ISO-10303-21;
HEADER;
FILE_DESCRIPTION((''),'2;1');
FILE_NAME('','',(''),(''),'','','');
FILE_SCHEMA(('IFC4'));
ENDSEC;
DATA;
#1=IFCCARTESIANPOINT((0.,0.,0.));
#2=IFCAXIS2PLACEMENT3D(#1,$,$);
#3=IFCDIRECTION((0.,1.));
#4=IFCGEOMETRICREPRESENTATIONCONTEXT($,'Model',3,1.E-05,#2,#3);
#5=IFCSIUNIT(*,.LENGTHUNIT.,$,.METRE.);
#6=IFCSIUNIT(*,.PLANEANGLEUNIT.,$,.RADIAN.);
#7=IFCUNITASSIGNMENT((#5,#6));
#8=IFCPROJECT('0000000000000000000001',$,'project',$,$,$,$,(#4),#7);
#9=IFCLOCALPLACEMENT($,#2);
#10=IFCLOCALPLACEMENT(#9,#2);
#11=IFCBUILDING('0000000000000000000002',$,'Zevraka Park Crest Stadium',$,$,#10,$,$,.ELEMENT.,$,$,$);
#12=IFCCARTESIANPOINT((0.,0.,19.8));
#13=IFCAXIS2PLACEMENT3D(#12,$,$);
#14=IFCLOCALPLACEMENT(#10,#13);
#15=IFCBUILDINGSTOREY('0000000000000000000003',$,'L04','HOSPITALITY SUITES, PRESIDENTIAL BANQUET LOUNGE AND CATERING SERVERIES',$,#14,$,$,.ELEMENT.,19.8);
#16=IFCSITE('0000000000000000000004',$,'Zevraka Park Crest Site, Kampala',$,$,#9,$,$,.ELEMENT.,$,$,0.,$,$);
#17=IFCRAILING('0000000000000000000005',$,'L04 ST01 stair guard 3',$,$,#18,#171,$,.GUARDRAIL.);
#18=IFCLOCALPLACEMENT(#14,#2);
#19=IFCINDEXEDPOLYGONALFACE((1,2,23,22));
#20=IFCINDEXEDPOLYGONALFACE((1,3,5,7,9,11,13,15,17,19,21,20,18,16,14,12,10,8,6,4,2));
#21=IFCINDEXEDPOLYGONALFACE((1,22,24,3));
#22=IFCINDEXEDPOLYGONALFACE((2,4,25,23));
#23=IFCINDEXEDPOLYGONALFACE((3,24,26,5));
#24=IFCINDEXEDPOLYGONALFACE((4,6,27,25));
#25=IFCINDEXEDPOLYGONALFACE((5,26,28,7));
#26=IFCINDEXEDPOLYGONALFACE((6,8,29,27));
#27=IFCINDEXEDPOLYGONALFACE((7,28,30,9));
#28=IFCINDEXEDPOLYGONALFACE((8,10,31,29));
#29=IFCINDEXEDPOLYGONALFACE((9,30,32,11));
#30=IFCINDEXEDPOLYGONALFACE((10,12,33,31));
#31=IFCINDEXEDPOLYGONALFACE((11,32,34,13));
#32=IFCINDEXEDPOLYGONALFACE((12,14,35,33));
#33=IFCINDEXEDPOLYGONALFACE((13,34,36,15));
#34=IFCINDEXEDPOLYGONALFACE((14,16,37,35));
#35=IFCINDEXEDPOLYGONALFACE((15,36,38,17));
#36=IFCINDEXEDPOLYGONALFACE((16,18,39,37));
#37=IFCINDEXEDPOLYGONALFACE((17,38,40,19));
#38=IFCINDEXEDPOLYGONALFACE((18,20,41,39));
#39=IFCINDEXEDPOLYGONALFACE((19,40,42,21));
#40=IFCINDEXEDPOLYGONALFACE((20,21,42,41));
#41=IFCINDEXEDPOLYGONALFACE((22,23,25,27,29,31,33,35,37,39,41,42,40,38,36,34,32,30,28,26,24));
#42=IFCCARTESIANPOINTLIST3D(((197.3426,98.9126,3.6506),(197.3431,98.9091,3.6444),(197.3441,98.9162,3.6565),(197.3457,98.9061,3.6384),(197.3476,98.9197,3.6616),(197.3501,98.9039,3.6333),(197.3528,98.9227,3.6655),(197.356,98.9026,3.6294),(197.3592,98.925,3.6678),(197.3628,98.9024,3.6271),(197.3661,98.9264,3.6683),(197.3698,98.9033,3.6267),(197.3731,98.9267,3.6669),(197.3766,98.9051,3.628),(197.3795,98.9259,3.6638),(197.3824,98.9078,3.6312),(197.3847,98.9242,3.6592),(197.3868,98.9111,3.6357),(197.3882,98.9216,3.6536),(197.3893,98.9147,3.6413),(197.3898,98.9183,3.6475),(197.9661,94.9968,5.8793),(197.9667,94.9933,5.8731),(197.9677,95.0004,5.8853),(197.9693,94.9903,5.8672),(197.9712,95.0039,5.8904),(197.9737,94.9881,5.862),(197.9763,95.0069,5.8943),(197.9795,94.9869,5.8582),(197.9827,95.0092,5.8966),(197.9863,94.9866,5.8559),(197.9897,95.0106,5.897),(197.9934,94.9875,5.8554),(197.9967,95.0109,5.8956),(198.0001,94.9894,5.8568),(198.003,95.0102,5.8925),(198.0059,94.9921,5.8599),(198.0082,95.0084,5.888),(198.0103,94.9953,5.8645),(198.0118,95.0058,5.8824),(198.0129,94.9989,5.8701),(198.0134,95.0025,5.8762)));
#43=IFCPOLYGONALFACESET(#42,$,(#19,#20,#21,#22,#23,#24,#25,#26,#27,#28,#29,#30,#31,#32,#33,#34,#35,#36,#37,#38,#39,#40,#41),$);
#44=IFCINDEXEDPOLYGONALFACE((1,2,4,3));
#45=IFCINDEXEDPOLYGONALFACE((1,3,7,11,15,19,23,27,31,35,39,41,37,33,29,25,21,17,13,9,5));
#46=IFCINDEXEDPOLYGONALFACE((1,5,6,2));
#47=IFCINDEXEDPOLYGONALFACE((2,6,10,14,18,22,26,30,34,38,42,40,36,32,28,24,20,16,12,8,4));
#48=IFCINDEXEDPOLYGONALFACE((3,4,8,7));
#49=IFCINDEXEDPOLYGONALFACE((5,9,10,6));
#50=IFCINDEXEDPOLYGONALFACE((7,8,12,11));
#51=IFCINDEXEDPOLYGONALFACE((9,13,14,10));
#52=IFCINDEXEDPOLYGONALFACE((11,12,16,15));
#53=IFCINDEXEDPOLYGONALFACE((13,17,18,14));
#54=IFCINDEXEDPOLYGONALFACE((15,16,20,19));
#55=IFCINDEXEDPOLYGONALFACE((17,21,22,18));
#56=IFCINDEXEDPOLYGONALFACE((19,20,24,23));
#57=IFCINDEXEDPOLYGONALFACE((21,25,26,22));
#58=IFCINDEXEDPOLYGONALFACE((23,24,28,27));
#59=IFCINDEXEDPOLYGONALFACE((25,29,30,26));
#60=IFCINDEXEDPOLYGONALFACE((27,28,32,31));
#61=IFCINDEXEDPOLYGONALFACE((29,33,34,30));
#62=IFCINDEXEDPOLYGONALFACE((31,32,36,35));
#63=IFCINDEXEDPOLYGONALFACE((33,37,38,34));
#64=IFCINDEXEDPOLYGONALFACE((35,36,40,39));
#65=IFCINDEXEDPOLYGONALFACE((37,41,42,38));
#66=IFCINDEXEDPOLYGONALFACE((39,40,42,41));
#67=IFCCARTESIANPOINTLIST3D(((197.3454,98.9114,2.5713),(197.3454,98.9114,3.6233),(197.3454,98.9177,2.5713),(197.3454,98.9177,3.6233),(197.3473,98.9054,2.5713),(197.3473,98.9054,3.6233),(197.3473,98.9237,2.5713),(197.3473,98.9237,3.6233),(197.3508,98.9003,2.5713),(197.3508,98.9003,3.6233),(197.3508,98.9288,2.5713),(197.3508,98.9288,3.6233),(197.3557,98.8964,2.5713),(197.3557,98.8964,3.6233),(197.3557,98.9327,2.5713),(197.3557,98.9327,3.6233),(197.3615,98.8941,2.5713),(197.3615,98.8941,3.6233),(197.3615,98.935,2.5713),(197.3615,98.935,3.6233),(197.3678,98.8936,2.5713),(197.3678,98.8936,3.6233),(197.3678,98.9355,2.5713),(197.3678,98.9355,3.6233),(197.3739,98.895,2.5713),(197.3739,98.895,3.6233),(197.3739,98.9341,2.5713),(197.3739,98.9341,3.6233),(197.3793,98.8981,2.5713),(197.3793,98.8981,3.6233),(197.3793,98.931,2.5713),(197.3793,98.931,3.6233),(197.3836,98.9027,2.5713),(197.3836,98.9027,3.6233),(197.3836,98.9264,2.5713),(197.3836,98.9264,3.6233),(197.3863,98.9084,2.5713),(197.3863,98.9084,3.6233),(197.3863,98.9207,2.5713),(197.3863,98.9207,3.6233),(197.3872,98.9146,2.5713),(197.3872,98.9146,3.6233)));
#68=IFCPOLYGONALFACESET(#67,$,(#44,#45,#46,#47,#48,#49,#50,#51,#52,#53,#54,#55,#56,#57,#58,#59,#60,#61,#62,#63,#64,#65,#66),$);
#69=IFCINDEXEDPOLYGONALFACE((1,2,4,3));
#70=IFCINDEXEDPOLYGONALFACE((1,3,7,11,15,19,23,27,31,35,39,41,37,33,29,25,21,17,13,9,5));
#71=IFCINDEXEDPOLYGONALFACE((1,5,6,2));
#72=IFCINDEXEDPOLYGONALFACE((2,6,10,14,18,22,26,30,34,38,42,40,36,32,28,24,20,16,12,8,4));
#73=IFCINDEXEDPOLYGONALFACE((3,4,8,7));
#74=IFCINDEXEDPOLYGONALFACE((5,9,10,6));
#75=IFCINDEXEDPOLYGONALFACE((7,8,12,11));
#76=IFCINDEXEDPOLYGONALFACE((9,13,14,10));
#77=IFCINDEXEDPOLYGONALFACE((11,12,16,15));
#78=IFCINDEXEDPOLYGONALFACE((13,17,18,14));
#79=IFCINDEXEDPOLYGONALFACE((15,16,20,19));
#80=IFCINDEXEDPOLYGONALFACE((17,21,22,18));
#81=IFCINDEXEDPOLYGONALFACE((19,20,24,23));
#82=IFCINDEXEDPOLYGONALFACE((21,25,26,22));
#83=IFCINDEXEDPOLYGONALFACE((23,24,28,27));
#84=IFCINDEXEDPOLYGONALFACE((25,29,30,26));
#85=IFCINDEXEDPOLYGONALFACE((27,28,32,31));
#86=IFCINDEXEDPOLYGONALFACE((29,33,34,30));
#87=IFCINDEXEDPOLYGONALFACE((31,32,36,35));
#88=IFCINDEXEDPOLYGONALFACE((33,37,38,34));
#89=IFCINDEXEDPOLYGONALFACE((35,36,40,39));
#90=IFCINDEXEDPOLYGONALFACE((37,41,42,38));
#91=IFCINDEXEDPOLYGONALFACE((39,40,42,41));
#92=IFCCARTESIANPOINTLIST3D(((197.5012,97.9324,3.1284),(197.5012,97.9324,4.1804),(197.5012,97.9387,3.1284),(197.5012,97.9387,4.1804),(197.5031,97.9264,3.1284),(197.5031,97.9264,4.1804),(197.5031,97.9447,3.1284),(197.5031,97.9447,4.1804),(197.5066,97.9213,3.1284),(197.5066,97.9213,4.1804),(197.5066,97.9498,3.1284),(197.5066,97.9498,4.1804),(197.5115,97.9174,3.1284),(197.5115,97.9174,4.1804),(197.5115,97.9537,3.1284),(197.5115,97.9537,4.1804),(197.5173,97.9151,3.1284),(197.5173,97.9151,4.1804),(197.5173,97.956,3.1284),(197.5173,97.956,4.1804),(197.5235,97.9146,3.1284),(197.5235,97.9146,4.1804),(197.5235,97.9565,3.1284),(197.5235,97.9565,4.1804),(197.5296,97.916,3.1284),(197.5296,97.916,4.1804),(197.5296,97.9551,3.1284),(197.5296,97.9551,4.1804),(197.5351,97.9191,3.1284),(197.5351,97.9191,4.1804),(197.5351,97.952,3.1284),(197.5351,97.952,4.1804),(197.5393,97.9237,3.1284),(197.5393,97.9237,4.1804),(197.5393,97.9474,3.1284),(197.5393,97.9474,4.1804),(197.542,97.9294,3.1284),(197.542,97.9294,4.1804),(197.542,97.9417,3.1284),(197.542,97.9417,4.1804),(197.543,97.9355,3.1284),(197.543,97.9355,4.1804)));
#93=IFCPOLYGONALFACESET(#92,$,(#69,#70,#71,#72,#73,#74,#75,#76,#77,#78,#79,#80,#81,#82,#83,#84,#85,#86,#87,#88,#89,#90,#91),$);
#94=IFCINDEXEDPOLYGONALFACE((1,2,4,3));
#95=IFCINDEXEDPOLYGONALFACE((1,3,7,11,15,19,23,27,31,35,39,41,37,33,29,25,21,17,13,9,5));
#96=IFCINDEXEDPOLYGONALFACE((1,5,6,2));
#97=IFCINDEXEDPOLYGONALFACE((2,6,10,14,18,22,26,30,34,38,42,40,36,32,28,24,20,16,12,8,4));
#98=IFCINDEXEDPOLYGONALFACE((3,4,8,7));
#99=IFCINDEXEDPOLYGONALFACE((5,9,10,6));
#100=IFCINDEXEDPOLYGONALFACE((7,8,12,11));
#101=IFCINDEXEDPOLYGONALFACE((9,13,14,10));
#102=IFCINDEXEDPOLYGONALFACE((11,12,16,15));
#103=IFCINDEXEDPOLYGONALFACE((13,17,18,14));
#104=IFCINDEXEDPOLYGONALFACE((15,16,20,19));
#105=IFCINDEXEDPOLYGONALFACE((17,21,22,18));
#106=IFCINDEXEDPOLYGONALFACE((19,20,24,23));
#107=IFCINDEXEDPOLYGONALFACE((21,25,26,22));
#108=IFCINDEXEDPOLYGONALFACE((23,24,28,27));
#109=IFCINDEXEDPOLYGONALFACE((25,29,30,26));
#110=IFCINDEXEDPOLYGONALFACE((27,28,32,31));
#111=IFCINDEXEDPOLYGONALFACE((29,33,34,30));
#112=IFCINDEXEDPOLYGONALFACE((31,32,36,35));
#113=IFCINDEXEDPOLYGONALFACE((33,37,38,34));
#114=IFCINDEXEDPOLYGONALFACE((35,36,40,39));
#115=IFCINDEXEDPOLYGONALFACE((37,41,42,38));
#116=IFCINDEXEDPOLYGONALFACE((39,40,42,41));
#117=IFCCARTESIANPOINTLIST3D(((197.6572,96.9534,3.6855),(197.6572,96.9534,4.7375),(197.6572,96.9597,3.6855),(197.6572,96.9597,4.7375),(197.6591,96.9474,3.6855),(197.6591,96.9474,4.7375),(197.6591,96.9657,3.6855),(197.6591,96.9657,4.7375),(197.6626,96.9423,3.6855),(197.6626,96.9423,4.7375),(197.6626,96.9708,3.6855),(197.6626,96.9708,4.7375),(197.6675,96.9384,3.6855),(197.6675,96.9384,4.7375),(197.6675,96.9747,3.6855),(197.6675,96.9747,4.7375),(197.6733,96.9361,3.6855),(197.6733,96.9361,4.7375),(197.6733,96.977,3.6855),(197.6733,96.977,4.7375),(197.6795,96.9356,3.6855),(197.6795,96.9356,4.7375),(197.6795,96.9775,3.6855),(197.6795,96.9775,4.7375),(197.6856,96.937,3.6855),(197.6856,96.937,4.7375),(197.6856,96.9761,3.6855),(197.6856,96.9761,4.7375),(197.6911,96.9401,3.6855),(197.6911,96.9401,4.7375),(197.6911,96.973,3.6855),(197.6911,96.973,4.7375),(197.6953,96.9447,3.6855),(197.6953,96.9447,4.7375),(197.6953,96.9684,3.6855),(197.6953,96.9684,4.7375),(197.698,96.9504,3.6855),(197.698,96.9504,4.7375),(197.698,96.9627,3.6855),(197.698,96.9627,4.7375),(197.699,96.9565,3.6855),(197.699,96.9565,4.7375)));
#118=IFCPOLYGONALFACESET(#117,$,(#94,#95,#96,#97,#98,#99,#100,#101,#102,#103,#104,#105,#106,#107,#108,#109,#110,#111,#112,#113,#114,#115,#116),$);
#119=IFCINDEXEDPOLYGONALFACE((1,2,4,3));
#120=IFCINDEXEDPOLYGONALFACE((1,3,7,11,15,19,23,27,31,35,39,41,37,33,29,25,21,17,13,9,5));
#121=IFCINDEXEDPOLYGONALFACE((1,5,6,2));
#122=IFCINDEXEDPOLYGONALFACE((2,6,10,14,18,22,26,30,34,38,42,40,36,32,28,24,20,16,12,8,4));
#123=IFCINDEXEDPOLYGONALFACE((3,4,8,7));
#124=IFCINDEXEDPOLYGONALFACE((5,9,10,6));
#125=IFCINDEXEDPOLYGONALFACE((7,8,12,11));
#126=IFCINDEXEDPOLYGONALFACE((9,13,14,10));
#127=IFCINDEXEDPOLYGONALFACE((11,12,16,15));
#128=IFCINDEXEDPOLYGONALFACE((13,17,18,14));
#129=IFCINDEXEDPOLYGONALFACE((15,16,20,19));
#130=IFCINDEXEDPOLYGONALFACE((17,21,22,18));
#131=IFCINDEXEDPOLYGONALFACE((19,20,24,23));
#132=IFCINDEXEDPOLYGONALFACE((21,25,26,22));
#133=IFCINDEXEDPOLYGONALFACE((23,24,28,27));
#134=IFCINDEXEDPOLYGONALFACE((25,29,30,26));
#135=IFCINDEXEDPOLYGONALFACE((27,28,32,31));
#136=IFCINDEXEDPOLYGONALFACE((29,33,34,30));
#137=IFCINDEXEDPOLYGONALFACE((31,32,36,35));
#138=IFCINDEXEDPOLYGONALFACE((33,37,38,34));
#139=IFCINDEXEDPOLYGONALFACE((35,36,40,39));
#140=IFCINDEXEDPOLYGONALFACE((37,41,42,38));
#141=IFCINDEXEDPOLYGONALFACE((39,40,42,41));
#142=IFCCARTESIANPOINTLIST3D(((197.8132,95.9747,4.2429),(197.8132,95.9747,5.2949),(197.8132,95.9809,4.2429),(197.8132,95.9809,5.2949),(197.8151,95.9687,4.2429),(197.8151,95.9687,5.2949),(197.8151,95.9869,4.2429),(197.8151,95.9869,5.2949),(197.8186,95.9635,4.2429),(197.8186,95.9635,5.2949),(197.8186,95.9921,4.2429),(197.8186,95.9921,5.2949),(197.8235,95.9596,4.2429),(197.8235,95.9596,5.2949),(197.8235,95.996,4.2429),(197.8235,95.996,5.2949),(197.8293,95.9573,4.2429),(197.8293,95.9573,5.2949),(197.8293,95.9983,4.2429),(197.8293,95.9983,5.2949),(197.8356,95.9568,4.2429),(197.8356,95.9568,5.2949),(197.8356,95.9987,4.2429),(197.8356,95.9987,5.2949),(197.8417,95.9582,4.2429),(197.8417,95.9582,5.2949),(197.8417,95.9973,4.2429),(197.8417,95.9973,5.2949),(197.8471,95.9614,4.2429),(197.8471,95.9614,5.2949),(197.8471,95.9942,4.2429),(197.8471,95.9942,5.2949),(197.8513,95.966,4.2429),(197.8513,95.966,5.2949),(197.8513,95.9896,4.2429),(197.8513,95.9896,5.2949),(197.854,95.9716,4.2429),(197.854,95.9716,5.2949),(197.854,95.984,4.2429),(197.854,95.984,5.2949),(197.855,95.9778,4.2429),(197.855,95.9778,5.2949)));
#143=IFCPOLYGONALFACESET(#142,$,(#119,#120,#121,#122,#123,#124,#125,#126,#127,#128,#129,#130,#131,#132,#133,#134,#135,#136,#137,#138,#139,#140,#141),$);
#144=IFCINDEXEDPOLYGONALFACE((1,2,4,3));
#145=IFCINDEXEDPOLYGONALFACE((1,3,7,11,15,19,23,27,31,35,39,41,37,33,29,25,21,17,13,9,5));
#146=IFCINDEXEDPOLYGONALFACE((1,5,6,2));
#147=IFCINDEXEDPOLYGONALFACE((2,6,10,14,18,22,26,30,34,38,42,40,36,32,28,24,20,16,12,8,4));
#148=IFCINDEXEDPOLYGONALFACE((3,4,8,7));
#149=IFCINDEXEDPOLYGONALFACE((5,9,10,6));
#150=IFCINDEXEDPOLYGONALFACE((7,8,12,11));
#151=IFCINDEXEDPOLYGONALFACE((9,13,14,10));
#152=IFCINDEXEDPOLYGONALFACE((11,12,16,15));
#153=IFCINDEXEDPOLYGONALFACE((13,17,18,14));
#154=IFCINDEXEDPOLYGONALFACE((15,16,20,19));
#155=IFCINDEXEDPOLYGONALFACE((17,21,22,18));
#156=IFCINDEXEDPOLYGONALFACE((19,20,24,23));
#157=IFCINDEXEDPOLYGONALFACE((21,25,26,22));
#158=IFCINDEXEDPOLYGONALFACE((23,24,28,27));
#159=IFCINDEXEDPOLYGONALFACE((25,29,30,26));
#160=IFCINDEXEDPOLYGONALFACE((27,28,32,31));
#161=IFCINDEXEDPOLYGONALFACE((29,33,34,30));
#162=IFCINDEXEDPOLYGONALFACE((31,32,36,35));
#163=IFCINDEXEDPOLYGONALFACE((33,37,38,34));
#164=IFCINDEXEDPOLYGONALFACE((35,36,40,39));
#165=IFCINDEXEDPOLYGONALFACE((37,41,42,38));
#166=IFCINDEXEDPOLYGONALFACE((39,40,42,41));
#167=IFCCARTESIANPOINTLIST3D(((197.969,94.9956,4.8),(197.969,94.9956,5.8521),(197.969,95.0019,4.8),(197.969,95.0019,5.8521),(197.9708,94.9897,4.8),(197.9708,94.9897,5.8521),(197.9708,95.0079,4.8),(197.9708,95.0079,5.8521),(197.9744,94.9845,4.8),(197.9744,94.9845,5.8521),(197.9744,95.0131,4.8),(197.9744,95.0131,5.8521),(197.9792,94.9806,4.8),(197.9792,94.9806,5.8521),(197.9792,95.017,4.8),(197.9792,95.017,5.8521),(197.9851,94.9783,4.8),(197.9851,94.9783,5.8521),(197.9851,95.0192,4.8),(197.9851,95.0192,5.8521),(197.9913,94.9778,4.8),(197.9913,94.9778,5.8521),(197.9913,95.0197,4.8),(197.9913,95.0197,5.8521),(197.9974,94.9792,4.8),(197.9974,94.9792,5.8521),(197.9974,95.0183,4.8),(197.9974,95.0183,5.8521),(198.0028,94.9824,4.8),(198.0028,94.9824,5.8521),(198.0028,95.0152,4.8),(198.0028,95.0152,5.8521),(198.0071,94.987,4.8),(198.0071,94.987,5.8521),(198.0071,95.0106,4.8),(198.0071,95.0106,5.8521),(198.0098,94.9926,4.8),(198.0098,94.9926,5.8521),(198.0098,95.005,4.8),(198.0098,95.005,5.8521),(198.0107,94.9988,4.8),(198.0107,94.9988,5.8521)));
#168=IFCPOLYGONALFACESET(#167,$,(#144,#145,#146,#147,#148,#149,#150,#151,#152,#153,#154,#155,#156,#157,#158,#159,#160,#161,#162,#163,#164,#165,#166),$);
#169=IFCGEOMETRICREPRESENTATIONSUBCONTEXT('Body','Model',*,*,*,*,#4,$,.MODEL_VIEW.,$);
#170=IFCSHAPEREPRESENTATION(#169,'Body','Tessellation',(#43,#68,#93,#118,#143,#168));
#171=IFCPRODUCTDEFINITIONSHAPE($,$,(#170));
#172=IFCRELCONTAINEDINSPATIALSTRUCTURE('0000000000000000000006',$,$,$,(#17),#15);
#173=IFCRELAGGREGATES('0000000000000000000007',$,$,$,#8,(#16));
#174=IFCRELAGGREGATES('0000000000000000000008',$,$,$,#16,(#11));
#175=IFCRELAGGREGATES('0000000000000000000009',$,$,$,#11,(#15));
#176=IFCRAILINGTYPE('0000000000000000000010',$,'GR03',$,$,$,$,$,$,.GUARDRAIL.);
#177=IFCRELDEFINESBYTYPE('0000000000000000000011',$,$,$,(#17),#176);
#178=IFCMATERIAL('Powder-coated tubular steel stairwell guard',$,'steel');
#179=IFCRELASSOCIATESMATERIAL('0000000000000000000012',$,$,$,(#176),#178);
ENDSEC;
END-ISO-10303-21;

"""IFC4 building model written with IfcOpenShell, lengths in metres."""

from ifc_helpers import new_model, si_unit, direction, frame, origin, origin_2d, place, context, subcontext, project, spatial, circle, extrude, material, type_object, element, save


model = new_model("IFC4")

# Units and contexts
model_context = context("Model", 3, precision=1e-05, world=origin(), true_north=direction((0.0, 1.0)))
body_context = subcontext(model_context, "Body", "Model", "MODEL_VIEW")
ifc_project = project(units=[si_unit("LENGTHUNIT", "METRE"), si_unit("PLANEANGLEUNIT", "RADIAN")], contexts=[model_context])

# Site, building, storey
site_placement = place(None, origin())
site = spatial("IfcSite", under=ifc_project, at=site_placement, Name="Zevraka Park Crest Site, Kampala", CompositionType="ELEMENT", RefElevation=0.0)
building_placement = place(site_placement, origin())
building = spatial("IfcBuilding", under=site, at=building_placement, Name="Zevraka Park Crest Stadium", CompositionType="ELEMENT")
storey_placement = place(building_placement, frame((0.0, 0.0, 19.8)))
storey = spatial("IfcBuildingStorey", under=building, at=storey_placement, Name="L04", Description="HOSPITALITY SUITES, PRESIDENTIAL BANQUET LOUNGE AND CATERING SERVERIES", CompositionType="ELEMENT", Elevation=19.8)

# Railing
ifc_material_1 = material(Name="Powder-coated tubular steel stairwell guard", Category="steel")
railing_type_1 = type_object("IfcRailingType", Name="GR03", PredefinedType="GUARDRAIL", material=ifc_material_1)
railing_1_placement = place(storey_placement, frame((197.3662, 98.9146, 2.5713)))
element("IfcRailing", 1, at=railing_1_placement, inside=storey, type_object=railing_type_1, Name="L04 ST01 stair guard 3", PredefinedType="GUARDRAIL", context=body_context, shape_type="SweptSolid", body=[
    extrude(circle(Radius=0.0239, at=origin_2d()), frame((0.0, 0.0, 1.0762), z_axis=(0.137084, -0.860881, 0.489992), x_axis=(0.987558, 0.157256, 0.0)), (0.0, 0.0, 1.0), 4.5486),
    extrude(circle(Radius=0.021, at=origin_2d()), origin(), (0.0, 0.0, 1.0), 1.052),
    extrude(circle(Radius=0.021, at=origin_2d()), frame((0.1558, -0.979, 0.5571)), (0.0, 0.0, 1.0), 1.052),
    extrude(circle(Radius=0.021, at=origin_2d()), frame((0.3118, -1.958, 1.1143)), (0.0, 0.0, 1.0), 1.052),
    extrude(circle(Radius=0.021, at=origin_2d()), frame((0.4678, -2.9368, 1.6716)), (0.0, 0.0, 1.0), 1.052),
    extrude(circle(Radius=0.021, at=origin_2d()), frame((0.6235, -3.9158, 2.2288)), (0.0, 0.0, 1.0), 1.052),
])

save(model, "model.ifc")
